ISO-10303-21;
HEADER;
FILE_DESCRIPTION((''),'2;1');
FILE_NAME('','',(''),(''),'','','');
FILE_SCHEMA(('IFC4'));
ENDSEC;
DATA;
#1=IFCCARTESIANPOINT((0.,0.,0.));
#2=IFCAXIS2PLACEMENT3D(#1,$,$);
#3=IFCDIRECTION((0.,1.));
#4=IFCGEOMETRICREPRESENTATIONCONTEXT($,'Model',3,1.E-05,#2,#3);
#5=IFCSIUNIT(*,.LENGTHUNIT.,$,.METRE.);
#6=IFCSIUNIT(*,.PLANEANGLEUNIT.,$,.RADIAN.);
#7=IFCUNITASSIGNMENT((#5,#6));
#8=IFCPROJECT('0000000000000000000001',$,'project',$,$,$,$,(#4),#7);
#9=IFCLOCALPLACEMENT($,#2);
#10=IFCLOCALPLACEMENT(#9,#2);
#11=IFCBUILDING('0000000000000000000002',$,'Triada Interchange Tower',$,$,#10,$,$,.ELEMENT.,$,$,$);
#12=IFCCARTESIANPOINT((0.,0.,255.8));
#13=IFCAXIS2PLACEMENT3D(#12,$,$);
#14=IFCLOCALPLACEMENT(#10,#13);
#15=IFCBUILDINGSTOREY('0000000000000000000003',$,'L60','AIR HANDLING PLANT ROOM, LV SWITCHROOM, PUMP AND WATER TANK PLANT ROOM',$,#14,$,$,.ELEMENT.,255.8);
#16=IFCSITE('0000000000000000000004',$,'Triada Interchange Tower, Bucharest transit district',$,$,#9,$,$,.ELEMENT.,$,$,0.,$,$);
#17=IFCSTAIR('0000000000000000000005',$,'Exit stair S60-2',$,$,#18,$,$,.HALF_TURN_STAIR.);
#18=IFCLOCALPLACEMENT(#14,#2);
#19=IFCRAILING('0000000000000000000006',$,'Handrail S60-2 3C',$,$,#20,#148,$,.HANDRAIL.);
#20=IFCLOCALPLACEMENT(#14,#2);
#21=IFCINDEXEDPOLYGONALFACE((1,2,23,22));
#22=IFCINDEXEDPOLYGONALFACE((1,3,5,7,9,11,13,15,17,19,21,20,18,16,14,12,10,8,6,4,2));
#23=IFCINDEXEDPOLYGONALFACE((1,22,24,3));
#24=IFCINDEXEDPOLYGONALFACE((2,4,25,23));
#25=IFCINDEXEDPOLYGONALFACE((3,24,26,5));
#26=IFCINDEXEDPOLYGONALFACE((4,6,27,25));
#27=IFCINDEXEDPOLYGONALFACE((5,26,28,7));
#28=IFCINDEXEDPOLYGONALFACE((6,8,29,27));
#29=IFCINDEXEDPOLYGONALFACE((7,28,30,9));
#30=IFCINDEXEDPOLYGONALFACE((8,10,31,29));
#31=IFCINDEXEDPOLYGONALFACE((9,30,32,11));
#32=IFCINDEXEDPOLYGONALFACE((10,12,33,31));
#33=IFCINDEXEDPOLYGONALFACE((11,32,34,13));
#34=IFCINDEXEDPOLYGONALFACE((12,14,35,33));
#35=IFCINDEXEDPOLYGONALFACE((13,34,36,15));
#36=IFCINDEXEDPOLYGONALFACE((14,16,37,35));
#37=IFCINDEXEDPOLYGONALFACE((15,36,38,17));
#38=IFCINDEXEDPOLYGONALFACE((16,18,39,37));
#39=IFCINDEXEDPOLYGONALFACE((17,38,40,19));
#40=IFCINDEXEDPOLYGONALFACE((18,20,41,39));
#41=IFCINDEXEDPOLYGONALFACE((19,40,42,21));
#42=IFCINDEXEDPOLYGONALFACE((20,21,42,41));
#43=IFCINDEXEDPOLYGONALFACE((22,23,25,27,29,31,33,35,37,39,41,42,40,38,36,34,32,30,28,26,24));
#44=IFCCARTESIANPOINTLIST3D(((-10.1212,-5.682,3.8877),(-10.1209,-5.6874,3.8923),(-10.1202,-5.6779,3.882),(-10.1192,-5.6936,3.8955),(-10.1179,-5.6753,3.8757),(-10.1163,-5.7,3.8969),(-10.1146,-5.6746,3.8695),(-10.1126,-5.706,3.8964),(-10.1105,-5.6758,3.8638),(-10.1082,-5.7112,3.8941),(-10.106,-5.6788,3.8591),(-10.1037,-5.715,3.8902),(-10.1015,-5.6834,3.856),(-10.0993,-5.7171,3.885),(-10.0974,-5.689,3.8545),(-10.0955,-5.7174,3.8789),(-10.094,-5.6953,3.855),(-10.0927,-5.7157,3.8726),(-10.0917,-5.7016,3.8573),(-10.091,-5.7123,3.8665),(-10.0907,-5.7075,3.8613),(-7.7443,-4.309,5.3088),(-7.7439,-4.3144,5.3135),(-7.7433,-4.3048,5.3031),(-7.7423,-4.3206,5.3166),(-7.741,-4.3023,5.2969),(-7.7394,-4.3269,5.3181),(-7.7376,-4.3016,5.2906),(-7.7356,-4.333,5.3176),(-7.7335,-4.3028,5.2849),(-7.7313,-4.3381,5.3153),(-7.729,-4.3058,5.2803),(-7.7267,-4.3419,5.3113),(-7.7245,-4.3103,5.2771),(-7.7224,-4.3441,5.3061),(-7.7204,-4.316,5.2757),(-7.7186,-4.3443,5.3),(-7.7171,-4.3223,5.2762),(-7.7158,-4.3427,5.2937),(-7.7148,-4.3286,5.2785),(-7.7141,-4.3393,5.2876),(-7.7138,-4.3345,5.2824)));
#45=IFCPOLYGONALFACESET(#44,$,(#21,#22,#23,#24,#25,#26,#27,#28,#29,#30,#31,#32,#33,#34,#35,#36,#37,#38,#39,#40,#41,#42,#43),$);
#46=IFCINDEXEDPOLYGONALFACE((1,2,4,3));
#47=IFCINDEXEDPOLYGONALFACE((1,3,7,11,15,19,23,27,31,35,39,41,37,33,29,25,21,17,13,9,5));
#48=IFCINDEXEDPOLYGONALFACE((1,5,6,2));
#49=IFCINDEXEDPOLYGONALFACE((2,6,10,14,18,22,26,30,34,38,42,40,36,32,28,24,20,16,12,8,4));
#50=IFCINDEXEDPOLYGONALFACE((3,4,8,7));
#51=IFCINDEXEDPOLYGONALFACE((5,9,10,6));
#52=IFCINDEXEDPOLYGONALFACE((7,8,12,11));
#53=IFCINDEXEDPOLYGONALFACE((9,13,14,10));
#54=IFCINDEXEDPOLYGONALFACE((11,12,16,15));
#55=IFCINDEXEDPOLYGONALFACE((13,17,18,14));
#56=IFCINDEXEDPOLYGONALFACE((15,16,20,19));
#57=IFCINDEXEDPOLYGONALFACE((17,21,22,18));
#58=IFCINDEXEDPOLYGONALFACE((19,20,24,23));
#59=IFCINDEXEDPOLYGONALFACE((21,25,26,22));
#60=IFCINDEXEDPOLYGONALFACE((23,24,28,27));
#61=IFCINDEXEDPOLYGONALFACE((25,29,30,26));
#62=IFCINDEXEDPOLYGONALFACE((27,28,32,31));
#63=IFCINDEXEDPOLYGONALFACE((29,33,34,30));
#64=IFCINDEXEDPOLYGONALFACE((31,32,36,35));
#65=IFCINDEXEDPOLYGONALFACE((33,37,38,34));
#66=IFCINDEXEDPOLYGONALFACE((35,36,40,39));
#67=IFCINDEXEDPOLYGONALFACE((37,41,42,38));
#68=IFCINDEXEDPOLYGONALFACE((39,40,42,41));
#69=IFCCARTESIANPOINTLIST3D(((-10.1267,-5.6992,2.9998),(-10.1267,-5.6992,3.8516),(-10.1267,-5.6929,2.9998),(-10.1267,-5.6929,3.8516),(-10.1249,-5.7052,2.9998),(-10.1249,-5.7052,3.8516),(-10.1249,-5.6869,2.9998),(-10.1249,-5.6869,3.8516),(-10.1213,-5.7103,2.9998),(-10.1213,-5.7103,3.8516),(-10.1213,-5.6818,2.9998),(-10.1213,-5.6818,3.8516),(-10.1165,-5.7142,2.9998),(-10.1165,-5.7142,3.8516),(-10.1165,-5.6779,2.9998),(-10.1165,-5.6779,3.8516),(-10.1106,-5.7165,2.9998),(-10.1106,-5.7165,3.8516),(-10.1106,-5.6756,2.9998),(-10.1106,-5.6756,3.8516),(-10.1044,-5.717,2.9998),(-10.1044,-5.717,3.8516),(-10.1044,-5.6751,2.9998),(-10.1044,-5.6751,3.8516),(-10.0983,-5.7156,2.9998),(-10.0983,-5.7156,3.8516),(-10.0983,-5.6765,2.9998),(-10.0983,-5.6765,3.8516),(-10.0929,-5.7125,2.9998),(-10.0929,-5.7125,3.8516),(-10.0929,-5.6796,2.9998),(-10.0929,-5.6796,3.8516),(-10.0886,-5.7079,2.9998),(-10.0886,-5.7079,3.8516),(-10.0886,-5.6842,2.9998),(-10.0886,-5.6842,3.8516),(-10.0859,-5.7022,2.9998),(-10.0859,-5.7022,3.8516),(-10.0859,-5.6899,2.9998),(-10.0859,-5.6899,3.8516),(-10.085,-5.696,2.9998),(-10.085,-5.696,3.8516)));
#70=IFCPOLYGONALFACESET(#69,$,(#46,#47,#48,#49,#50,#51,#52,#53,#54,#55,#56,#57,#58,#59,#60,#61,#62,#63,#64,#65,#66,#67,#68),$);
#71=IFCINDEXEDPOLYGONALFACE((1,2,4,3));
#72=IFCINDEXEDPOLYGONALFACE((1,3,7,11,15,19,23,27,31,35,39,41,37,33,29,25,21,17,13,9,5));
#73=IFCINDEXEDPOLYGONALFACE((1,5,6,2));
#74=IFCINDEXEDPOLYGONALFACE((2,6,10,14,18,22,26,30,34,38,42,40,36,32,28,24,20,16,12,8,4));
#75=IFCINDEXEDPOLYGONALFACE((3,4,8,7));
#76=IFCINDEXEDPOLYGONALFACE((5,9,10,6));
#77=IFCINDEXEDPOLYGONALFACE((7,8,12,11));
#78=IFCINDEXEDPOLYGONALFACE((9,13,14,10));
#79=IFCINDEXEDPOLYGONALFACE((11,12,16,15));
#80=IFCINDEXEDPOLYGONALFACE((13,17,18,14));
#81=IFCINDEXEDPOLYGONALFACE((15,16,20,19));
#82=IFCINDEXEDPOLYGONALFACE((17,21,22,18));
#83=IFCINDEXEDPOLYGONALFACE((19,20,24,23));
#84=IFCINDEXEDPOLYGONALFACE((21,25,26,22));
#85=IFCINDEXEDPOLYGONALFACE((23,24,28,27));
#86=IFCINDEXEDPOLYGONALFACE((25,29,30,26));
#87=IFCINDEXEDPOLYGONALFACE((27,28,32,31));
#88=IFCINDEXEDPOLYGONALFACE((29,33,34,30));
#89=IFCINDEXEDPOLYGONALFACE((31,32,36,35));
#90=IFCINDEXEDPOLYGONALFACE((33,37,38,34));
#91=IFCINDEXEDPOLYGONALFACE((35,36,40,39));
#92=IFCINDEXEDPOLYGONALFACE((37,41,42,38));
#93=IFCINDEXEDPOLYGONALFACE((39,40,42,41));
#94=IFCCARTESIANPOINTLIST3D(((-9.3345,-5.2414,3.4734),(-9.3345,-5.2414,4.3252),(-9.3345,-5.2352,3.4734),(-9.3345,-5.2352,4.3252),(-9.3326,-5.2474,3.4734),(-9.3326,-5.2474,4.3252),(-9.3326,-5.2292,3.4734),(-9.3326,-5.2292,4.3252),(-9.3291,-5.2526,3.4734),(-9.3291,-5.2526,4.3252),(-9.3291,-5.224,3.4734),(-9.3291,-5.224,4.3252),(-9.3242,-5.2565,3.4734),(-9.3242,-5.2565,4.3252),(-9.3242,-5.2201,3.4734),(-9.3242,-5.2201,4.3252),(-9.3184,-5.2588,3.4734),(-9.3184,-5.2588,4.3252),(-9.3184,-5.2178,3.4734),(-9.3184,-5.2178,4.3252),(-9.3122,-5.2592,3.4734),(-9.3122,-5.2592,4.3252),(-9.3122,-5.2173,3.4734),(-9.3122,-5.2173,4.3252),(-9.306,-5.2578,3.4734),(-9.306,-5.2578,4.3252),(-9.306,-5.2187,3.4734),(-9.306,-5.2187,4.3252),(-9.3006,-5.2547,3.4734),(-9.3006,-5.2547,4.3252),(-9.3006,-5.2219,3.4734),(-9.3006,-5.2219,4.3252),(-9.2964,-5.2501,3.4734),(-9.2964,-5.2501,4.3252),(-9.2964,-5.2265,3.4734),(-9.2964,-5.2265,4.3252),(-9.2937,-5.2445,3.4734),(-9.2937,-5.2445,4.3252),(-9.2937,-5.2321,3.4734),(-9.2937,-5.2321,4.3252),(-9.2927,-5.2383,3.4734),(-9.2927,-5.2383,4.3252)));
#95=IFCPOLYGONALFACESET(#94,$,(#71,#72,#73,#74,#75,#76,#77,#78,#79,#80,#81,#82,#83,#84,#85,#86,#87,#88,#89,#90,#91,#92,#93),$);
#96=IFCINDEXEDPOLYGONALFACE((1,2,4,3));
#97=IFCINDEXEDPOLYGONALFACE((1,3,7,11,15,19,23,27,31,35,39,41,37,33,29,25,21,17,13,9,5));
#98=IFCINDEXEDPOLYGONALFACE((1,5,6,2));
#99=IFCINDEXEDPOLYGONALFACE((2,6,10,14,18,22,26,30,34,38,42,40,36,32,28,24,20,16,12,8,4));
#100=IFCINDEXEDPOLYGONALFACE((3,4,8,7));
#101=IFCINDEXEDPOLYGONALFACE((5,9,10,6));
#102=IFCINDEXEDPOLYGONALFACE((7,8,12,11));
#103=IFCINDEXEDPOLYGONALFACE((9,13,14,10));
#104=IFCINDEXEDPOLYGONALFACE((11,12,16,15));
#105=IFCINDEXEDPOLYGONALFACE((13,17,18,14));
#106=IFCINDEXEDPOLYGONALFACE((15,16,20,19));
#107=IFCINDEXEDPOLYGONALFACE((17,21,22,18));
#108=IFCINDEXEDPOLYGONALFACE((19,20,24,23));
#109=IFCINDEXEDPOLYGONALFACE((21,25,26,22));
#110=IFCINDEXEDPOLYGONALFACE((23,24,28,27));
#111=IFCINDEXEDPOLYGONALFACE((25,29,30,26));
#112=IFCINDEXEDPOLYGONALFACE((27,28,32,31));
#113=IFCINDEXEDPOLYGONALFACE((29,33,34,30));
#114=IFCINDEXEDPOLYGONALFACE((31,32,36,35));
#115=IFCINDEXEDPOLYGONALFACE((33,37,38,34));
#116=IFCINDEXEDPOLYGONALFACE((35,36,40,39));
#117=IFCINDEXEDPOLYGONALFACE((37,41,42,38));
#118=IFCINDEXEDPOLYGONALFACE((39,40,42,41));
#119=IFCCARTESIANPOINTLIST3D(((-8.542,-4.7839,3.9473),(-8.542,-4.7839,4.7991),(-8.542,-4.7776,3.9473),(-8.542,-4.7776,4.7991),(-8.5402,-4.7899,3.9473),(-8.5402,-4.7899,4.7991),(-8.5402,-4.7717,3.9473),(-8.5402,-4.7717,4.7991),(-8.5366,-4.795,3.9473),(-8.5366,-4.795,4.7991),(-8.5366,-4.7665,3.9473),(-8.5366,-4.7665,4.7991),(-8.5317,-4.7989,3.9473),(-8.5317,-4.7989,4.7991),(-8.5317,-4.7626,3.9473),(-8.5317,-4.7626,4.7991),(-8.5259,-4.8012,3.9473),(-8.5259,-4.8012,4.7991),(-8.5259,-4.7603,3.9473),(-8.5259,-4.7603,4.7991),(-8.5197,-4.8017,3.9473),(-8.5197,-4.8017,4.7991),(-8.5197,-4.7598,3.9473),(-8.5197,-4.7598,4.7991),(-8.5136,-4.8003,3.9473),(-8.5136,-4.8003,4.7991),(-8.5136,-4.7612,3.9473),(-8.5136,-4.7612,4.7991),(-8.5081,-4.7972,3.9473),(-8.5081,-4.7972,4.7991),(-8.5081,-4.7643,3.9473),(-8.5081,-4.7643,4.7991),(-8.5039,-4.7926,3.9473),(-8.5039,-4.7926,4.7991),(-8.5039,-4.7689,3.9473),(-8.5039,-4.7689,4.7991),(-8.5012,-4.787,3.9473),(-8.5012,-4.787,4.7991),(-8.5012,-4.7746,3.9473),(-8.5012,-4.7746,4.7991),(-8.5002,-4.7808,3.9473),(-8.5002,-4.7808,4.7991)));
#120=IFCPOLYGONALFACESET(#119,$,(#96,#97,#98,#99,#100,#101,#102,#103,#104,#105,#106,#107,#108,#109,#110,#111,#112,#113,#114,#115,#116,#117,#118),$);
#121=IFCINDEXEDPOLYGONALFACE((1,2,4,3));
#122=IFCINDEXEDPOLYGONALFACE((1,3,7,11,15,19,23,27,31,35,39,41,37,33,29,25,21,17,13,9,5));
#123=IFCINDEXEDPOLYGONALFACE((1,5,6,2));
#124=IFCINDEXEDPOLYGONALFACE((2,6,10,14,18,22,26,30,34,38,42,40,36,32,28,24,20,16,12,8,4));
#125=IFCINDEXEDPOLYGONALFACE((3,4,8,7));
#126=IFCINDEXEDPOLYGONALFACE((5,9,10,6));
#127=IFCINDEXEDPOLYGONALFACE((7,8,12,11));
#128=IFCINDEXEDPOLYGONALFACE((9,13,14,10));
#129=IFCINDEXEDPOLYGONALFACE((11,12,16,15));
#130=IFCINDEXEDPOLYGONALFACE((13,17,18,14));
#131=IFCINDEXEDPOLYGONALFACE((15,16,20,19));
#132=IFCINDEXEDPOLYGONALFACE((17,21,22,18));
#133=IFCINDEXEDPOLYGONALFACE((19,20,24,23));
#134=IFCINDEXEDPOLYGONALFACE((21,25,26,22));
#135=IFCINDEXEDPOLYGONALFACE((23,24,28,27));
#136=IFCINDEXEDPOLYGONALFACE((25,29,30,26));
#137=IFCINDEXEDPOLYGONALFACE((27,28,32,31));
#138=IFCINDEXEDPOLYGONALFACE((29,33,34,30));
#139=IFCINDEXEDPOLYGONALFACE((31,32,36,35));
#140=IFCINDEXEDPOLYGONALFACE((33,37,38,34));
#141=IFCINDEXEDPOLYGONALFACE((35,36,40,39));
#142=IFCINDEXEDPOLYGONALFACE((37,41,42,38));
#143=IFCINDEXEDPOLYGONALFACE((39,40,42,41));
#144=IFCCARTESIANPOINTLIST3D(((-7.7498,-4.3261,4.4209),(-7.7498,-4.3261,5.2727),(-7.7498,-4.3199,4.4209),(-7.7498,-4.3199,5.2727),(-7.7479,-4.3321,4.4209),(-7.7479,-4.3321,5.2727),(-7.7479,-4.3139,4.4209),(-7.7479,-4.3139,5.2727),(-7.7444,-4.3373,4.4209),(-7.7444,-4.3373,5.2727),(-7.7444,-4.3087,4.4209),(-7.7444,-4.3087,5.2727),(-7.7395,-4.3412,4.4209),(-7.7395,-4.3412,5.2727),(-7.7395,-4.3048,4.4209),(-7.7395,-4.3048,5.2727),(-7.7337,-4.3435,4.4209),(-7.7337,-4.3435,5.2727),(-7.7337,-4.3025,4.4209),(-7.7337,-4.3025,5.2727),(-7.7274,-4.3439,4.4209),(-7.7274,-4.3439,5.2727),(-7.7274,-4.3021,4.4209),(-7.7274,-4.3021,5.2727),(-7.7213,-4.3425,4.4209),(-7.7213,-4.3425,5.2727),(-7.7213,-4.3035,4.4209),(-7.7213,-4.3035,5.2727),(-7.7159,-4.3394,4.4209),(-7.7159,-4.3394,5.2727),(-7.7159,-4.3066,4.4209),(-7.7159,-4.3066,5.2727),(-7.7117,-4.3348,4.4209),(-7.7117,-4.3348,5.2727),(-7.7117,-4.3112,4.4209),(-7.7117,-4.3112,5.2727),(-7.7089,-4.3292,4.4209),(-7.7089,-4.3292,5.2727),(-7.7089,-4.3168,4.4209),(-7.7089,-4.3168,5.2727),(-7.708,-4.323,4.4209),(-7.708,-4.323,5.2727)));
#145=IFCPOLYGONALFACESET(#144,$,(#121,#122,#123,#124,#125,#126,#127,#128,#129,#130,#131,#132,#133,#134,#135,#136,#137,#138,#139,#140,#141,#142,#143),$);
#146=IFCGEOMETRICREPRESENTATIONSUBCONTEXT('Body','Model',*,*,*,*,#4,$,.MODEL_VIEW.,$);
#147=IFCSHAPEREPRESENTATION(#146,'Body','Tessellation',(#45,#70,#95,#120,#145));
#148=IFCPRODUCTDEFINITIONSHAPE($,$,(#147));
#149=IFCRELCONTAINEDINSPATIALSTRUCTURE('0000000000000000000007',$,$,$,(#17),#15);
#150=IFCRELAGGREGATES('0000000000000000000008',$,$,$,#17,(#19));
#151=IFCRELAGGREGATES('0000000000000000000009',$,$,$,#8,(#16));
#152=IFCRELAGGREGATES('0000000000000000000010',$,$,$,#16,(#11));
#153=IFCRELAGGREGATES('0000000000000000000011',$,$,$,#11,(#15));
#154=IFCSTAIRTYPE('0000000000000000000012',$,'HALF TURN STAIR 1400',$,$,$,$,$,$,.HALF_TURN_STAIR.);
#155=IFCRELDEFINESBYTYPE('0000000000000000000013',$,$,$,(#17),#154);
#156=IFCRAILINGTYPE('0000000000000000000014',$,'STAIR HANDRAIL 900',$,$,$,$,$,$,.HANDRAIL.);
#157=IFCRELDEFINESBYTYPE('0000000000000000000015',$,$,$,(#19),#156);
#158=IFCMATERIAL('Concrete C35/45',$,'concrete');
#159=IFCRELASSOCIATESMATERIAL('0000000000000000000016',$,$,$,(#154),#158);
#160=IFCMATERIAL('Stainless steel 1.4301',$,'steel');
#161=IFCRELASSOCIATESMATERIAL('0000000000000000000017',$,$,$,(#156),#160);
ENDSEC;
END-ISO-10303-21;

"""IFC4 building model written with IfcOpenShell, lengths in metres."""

from ifc_helpers import new_model, si_unit, direction, frame, origin, origin_2d, place, context, subcontext, project, spatial, circle, extrude, material, type_object, element, aggregate, save


model = new_model("IFC4")

# Units and contexts
model_context = context("Model", 3, precision=1e-05, world=origin(), true_north=direction((0.0, 1.0)))
body_context = subcontext(model_context, "Body", "Model", "MODEL_VIEW")
ifc_project = project(units=[si_unit("LENGTHUNIT", "METRE"), si_unit("PLANEANGLEUNIT", "RADIAN")], contexts=[model_context])

# Site, building, storey
site_placement = place(None, origin())
site = spatial("IfcSite", under=ifc_project, at=site_placement, Name="Triada Interchange Tower, Bucharest transit district", CompositionType="ELEMENT", RefElevation=0.0)
building_placement = place(site_placement, origin())
building = spatial("IfcBuilding", under=site, at=building_placement, Name="Triada Interchange Tower", CompositionType="ELEMENT")
storey_placement = place(building_placement, frame((0.0, 0.0, 255.8)))
storey = spatial("IfcBuildingStorey", under=building, at=storey_placement, Name="L60", Description="AIR HANDLING PLANT ROOM, LV SWITCHROOM, PUMP AND WATER TANK PLANT ROOM", CompositionType="ELEMENT", Elevation=255.8)

# Stair, railing
ifc_material_1 = material(Name="Concrete C35/45", Category="concrete")
stair_type = type_object("IfcStairType", Name="HALF TURN STAIR 1400", PredefinedType="HALF_TURN_STAIR", material=ifc_material_1)
stair_placement = place(storey_placement, origin())
stair = element("IfcStair", 1, at=stair_placement, inside=storey, type_object=stair_type, Name="Exit stair S60-2", PredefinedType="HALF_TURN_STAIR")
ifc_material_2 = material(Name="Stainless steel 1.4301", Category="steel")
railing_type = type_object("IfcRailingType", Name="STAIR HANDRAIL 900", PredefinedType="HANDRAIL", material=ifc_material_2)
railing_1_placement = place(storey_placement, frame((-10.106, -5.696, 2.9998)))
railing_1 = element("IfcRailing", 2, at=railing_1_placement, type_object=railing_type, Name="Handrail S60-2 3C", PredefinedType="HANDRAIL", context=body_context, shape_type="SweptSolid", body=[
    extrude(circle(Radius=0.0239, at=origin_2d()), frame((0.0, 0.0, 0.876), z_axis=(0.76897, 0.444196, 0.459755), x_axis=(-0.500195, 0.865913, 0.0)), (0.0, 0.0, 1.0), 3.0911),
    extrude(circle(Radius=0.021, at=origin_2d()), origin(), (0.0, 0.0, 1.0), 0.8518),
    extrude(circle(Radius=0.021, at=origin_2d()), frame((0.7922, 0.4578, 0.4736)), (0.0, 0.0, 1.0), 0.8518),
    extrude(circle(Radius=0.021, at=origin_2d()), frame((1.5847, 0.9153, 0.9475)), (0.0, 0.0, 1.0), 0.8518),
    extrude(circle(Radius=0.021, at=origin_2d()), frame((2.377, 1.373, 1.4211)), (0.0, 0.0, 1.0), 0.8518),
])
aggregate(stair, [railing_1])

save(model, "model.ifc")
